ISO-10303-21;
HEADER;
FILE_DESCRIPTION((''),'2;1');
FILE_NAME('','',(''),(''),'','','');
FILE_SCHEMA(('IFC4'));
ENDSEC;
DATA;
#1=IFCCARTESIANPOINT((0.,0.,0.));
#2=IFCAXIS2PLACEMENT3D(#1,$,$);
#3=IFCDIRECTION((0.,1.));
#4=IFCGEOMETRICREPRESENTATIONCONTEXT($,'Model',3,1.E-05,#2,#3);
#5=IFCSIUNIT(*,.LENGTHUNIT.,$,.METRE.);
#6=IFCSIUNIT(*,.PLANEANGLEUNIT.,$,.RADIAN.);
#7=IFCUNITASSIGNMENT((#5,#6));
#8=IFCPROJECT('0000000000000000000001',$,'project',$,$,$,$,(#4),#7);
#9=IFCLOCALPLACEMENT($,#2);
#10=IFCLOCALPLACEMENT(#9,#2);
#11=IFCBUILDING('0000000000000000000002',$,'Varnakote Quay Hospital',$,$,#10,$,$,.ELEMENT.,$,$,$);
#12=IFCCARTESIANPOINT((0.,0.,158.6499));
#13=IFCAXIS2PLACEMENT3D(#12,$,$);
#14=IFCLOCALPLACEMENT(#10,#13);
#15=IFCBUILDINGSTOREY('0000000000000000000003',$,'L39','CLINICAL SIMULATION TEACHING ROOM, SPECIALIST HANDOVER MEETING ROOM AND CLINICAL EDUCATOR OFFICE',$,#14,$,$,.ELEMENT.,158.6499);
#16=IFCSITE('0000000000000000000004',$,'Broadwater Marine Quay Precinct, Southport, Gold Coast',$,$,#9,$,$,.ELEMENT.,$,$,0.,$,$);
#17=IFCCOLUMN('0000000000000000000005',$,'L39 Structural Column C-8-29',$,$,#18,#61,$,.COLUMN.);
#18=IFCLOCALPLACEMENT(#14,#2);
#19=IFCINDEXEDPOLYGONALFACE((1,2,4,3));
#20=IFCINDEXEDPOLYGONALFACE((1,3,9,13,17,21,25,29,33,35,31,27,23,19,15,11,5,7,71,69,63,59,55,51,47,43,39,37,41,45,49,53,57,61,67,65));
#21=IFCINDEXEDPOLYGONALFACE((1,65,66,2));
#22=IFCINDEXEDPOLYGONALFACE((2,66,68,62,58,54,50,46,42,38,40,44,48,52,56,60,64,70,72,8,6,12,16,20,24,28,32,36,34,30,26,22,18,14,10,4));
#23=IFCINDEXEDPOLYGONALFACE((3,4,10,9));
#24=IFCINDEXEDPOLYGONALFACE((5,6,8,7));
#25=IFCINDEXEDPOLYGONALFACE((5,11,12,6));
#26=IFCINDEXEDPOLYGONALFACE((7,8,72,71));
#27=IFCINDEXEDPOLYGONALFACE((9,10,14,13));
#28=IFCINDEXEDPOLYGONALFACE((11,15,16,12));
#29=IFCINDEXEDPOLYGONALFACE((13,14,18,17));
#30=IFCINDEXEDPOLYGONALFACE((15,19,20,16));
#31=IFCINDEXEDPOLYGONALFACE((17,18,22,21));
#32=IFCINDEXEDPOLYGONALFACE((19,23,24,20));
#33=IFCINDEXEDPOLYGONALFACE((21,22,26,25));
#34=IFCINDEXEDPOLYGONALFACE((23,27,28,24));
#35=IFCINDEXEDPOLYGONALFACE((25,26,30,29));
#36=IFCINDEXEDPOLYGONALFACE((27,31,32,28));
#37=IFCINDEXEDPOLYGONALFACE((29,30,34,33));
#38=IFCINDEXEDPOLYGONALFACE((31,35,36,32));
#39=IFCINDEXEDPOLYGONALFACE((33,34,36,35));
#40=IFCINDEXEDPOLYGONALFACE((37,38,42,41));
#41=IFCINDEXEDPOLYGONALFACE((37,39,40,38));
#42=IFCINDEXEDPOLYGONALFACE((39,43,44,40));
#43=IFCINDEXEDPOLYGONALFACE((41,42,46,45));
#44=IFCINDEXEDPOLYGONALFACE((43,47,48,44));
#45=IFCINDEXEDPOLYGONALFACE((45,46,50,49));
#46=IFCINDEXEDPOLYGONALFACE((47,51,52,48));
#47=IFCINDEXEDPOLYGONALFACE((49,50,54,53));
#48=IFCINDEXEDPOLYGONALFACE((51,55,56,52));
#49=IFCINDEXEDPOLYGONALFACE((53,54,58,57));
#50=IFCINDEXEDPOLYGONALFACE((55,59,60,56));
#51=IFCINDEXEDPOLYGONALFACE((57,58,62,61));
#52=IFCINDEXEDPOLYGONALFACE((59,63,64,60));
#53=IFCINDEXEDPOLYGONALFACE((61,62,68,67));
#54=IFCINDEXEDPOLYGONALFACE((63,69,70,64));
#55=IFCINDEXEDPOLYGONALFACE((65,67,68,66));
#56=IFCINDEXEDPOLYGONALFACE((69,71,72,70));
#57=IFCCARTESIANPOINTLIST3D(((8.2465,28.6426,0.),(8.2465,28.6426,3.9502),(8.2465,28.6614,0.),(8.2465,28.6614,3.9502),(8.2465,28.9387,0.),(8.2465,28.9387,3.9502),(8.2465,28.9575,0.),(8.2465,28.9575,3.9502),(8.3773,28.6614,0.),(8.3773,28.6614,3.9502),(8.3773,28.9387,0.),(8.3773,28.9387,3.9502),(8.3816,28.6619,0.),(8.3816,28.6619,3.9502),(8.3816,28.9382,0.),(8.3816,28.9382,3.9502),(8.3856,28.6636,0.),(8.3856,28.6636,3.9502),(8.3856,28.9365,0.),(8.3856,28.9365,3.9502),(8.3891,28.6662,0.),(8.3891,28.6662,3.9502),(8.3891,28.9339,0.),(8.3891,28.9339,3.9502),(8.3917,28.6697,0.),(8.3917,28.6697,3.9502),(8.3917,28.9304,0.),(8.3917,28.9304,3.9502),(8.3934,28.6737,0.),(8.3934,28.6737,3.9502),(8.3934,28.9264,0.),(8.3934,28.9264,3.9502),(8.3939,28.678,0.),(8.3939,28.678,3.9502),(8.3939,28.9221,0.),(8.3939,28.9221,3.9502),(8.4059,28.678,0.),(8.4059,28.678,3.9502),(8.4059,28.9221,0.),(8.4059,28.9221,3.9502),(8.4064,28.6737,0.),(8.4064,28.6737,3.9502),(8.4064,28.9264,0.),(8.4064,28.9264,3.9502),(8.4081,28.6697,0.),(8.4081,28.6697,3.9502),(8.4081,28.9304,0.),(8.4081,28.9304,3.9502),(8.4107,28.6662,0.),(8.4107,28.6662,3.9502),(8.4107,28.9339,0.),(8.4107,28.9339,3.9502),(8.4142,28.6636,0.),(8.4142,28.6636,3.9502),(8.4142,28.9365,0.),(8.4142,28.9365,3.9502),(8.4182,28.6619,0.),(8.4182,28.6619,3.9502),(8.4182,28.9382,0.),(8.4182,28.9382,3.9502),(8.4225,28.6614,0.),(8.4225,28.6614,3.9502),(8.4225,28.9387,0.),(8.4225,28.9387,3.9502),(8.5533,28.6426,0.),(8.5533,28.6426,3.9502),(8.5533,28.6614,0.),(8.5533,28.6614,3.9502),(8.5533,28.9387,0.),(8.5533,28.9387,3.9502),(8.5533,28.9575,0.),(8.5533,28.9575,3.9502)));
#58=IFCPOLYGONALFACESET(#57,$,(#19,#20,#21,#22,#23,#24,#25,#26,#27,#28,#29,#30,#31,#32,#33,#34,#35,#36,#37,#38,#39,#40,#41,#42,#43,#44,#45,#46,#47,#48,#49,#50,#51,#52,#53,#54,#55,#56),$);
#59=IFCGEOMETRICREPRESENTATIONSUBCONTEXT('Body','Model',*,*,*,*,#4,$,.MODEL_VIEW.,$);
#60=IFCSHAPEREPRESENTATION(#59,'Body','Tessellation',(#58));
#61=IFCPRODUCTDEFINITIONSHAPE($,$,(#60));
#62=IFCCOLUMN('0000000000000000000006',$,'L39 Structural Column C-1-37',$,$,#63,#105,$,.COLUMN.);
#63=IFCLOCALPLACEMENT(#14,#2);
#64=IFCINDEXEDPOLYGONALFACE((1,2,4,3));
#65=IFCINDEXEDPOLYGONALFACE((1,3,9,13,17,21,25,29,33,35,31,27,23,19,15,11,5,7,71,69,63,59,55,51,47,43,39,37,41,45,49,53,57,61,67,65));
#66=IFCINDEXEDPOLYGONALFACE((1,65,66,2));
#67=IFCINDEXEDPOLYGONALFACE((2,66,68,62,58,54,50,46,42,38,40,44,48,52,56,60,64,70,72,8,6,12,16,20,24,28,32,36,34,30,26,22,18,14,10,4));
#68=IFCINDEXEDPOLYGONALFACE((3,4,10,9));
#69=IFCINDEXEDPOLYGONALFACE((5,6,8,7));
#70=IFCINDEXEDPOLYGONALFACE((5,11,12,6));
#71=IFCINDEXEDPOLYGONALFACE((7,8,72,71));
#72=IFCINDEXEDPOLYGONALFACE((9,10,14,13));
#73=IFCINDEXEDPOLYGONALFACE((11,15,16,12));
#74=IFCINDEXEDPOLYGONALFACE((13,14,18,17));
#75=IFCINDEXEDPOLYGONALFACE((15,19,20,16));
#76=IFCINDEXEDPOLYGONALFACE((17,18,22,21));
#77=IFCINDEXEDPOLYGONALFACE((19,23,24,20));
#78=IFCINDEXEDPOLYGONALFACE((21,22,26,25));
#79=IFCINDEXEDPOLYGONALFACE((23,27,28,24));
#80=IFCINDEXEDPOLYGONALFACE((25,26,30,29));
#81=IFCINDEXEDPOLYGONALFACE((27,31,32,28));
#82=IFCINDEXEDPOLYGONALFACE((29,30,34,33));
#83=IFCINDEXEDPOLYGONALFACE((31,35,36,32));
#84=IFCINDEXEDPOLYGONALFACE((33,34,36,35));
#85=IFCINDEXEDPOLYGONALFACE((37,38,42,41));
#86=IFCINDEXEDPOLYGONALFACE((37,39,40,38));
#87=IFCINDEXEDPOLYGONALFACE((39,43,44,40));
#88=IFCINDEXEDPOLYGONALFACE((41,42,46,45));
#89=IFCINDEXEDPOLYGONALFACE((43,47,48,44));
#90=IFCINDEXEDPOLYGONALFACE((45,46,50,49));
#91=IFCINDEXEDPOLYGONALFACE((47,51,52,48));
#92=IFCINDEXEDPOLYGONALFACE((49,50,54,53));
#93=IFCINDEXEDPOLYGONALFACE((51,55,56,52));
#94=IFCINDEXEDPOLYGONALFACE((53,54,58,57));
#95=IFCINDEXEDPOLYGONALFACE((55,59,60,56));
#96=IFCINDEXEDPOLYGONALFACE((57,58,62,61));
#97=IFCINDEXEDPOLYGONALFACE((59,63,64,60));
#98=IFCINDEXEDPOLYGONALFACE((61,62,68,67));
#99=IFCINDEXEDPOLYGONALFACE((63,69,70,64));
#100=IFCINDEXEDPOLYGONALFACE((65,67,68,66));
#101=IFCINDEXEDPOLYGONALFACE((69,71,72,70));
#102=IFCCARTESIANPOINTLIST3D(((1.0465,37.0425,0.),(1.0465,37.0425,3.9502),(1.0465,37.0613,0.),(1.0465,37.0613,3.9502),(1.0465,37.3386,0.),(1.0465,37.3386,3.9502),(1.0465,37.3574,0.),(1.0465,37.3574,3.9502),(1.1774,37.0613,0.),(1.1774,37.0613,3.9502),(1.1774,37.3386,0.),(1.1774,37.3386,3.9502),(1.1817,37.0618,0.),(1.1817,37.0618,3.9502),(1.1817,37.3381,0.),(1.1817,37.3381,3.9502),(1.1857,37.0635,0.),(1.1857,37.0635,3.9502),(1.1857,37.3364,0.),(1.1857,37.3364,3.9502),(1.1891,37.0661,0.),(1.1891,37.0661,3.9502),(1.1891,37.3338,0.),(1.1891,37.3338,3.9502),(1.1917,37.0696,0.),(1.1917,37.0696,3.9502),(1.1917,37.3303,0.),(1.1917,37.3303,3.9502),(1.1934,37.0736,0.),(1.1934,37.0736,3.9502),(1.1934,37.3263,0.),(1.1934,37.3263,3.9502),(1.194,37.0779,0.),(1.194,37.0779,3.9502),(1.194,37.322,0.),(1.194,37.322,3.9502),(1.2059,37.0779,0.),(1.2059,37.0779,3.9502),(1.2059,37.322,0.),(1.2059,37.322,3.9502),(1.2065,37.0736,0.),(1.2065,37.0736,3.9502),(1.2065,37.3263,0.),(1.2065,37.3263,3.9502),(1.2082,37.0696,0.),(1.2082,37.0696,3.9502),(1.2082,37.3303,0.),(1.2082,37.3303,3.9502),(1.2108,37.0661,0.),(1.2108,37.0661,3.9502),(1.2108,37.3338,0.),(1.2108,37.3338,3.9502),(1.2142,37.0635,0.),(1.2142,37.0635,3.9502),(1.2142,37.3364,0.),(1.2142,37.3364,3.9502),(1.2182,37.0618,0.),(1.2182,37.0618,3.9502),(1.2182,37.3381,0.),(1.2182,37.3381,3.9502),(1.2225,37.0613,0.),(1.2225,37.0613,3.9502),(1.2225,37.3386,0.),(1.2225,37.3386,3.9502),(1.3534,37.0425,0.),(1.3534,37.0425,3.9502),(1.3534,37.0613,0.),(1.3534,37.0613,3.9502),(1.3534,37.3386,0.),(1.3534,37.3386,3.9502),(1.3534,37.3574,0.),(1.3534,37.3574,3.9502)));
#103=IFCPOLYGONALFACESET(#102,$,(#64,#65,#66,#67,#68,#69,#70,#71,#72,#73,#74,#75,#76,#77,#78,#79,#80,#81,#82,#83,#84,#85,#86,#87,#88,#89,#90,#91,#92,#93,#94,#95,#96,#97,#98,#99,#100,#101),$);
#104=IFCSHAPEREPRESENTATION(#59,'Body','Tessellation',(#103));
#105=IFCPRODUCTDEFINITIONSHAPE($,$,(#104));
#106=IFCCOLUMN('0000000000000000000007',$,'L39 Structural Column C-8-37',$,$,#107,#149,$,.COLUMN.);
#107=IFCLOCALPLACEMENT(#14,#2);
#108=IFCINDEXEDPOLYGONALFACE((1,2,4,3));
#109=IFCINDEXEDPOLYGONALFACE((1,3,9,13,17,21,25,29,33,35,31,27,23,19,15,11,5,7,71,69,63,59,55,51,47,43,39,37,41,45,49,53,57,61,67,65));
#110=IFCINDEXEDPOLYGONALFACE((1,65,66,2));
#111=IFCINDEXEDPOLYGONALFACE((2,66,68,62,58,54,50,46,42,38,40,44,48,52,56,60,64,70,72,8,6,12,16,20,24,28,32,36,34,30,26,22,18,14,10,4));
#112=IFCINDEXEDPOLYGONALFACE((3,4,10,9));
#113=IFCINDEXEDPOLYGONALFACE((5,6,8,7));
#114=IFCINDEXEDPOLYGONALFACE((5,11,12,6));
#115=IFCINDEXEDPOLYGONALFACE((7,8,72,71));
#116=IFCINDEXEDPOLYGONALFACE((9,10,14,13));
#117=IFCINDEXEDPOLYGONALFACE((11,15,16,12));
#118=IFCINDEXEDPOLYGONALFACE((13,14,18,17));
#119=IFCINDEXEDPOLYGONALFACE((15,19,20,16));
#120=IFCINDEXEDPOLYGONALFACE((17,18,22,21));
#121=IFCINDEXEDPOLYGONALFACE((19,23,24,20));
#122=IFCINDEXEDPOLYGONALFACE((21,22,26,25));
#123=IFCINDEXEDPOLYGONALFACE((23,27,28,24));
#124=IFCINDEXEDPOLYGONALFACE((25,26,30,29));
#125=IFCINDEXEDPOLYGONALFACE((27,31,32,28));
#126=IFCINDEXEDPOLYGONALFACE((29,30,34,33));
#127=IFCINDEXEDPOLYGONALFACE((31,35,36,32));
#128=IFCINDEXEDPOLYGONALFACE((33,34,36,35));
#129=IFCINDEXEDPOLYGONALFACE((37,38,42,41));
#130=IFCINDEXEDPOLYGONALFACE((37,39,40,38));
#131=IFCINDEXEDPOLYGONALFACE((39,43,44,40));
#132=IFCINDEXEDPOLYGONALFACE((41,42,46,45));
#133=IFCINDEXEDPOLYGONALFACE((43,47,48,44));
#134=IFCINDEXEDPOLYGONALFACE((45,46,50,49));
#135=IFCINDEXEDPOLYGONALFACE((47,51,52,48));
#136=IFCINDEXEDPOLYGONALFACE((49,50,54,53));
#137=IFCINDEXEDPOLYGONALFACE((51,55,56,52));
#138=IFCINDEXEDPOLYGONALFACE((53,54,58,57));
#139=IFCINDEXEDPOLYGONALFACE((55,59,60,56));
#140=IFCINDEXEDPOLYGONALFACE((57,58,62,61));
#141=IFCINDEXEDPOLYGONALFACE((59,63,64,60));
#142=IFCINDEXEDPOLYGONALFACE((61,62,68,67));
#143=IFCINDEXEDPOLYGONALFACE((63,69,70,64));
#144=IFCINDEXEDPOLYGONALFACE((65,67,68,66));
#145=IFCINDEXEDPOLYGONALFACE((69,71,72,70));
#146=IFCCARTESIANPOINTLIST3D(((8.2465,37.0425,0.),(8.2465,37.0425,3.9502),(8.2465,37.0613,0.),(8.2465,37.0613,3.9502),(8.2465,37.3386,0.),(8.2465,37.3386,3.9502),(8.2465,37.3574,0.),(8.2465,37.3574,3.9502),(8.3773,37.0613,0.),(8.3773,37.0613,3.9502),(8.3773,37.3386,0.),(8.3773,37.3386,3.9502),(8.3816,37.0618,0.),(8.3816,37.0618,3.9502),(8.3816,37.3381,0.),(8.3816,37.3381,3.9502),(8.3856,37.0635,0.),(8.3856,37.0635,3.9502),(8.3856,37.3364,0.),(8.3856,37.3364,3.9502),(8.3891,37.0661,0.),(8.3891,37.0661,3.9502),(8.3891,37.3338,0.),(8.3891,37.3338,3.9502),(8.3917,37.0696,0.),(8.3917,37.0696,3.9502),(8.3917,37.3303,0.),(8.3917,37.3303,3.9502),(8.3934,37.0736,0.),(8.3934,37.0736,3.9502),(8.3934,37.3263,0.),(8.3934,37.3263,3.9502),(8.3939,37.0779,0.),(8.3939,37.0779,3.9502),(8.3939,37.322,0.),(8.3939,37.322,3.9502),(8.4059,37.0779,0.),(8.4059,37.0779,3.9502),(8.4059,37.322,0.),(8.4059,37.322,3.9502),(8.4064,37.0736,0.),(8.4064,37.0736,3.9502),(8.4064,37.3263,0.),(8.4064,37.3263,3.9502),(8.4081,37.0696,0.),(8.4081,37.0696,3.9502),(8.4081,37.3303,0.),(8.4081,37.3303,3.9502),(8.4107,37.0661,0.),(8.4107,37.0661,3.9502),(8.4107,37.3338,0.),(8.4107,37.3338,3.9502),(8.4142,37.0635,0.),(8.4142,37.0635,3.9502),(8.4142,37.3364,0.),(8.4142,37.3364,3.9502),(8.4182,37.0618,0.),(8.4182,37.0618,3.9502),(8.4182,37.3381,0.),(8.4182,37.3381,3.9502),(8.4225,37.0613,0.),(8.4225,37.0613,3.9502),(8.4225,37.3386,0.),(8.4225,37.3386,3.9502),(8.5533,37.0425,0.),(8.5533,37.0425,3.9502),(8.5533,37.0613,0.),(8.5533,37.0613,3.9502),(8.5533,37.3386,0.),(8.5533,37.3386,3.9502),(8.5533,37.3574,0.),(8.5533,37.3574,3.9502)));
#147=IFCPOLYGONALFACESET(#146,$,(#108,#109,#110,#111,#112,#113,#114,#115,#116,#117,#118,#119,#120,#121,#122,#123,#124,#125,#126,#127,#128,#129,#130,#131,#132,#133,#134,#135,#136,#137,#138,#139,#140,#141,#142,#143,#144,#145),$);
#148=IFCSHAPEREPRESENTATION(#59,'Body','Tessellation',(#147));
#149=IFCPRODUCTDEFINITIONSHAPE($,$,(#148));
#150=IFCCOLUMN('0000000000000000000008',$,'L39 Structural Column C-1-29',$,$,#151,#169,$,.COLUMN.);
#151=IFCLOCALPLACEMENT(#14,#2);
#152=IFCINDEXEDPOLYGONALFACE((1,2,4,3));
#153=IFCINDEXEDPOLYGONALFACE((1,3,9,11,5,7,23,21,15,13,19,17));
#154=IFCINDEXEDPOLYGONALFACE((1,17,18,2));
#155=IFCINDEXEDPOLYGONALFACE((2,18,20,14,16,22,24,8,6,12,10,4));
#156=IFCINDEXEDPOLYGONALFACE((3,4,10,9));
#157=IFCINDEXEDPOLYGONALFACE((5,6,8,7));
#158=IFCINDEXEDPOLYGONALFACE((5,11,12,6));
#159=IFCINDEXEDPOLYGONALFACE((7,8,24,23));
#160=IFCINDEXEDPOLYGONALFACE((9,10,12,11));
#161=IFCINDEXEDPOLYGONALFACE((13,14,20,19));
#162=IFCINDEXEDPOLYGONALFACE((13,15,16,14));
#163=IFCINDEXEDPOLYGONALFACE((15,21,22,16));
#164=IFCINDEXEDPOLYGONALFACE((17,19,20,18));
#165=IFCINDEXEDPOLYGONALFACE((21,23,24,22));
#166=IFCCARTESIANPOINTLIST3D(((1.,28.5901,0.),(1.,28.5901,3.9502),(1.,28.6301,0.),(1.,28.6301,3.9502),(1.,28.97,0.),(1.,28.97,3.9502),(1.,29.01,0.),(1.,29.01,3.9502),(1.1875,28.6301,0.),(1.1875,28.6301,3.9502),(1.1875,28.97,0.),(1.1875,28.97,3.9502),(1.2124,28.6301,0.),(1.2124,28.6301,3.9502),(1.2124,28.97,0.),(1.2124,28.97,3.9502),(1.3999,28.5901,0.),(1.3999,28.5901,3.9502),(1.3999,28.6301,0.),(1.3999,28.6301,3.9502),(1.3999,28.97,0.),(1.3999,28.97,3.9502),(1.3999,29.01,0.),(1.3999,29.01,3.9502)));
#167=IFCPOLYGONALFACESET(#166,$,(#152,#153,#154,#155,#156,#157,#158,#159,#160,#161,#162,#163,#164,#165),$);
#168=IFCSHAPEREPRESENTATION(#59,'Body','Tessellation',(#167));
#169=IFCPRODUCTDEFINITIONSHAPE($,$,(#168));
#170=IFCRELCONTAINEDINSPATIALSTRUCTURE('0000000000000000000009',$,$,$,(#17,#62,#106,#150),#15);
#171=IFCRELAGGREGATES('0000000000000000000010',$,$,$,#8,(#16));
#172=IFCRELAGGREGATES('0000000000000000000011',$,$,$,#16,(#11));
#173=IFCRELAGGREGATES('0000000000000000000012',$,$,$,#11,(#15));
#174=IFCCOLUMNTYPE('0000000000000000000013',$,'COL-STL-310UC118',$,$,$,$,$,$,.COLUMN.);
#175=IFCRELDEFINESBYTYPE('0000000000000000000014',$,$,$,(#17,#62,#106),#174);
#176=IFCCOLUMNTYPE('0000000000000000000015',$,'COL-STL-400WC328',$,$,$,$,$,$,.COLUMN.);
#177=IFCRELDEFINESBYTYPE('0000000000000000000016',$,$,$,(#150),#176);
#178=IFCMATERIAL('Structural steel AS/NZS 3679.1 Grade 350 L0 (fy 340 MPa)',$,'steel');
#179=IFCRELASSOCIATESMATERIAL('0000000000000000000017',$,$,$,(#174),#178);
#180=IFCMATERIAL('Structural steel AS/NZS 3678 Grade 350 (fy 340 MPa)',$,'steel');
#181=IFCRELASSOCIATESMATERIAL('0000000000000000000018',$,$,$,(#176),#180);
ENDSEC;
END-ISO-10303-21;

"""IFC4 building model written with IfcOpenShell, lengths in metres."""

from ifc_helpers import new_model, si_unit, direction, frame, origin, origin_2d, place, context, subcontext, project, spatial, i_section, extrude, material, material_profile, profile_set, type_object, element, save


model = new_model("IFC4")

# Units and contexts
model_context = context("Model", 3, precision=1e-05, world=origin(), true_north=direction((0.0, 1.0)))
body_context = subcontext(model_context, "Body", "Model", "MODEL_VIEW")
ifc_project = project(units=[si_unit("LENGTHUNIT", "METRE"), si_unit("PLANEANGLEUNIT", "RADIAN")], contexts=[model_context])

# Site, building, storey
site_placement = place(None, origin())
site = spatial("IfcSite", under=ifc_project, at=site_placement, Name="Broadwater Marine Quay Precinct, Southport, Gold Coast", CompositionType="ELEMENT", RefElevation=0.0)
building_placement = place(site_placement, origin())
building = spatial("IfcBuilding", under=site, at=building_placement, Name="Varnakote Quay Hospital", CompositionType="ELEMENT")
storey_placement = place(building_placement, frame((0.0, 0.0, 158.6499)))
storey = spatial("IfcBuildingStorey", under=building, at=storey_placement, Name="L39", Description="CLINICAL SIMULATION TEACHING ROOM, SPECIALIST HANDOVER MEETING ROOM AND CLINICAL EDUCATOR OFFICE", CompositionType="ELEMENT", Elevation=158.6499)

# Columns
ifc_material_1 = material(Name="Structural steel AS/NZS 3679.1 Grade 350 L0 (fy 340 MPa)", Category="steel")
ifc_material_profile_1 = material_profile(ifc_material_1, i_section(OverallWidth=0.3069, OverallDepth=0.3149, WebThickness=0.012, FlangeThickness=0.0188, FilletRadius=0.0166, at=origin_2d()), Name="310UC118")
ifc_profile_set_1 = profile_set([ifc_material_profile_1], Name="Structural steel AS/NZS 3679.1 Grade 350 L0 (fy 340 MPa)")
column_type_1 = type_object("IfcColumnType", Name="COL-STL-310UC118", PredefinedType="COLUMN", material=ifc_profile_set_1)
for number, where, z_axis, x_axis, name in (
    (1, (8.3999, 28.8, 0.0), (0.0, 0.0, 1.0), (1.0, 0.0, 0.0), "L39 Structural Column C-8-29"),
    (2, (1.2, 37.2, 0.0), (0.0, 0.0, 1.0), (1.0, 0.0, 0.0), "L39 Structural Column C-1-37"),
    (3, (8.3999, 37.2, 0.0), (0.0, 0.0, 1.0), (1.0, 0.0, 0.0), "L39 Structural Column C-8-37"),
):
    element("IfcColumn", number, at=place(storey_placement, frame(where, z_axis=z_axis, x_axis=x_axis)), inside=storey, type_object=column_type_1, Name=name, PredefinedType="COLUMN", context=body_context, shape_type="SweptSolid", body=[
        extrude(i_section(OverallWidth=0.3069, OverallDepth=0.3149, WebThickness=0.012, FlangeThickness=0.0188, FilletRadius=0.0166, at=origin_2d()), origin(), (0.0, 0.0, 1.0), 3.9502),
    ])
ifc_material_2 = material(Name="Structural steel AS/NZS 3678 Grade 350 (fy 340 MPa)", Category="steel")
ifc_material_profile_2 = material_profile(ifc_material_2, i_section(OverallWidth=0.3999, OverallDepth=0.4199, WebThickness=0.0249, FlangeThickness=0.04, at=origin_2d()), Name="400WC328")
ifc_profile_set_2 = profile_set([ifc_material_profile_2], Name="Structural steel AS/NZS 3678 Grade 350 (fy 340 MPa)")
column_type_2 = type_object("IfcColumnType", Name="COL-STL-400WC328", PredefinedType="COLUMN", material=ifc_profile_set_2)
column_placement = place(storey_placement, frame((1.2, 28.8, 0.0), z_axis=(0.0, 0.0, 1.0), x_axis=(1.0, 0.0, 0.0)))
element("IfcColumn", 4, at=column_placement, inside=storey, type_object=column_type_2, Name="L39 Structural Column C-1-29", PredefinedType="COLUMN", context=body_context, shape_type="SweptSolid", body=[
    extrude(i_section(OverallWidth=0.3999, OverallDepth=0.4199, WebThickness=0.0249, FlangeThickness=0.04, at=origin_2d()), origin(), (0.0, 0.0, 1.0), 3.9502),
])

save(model, "model.ifc")
